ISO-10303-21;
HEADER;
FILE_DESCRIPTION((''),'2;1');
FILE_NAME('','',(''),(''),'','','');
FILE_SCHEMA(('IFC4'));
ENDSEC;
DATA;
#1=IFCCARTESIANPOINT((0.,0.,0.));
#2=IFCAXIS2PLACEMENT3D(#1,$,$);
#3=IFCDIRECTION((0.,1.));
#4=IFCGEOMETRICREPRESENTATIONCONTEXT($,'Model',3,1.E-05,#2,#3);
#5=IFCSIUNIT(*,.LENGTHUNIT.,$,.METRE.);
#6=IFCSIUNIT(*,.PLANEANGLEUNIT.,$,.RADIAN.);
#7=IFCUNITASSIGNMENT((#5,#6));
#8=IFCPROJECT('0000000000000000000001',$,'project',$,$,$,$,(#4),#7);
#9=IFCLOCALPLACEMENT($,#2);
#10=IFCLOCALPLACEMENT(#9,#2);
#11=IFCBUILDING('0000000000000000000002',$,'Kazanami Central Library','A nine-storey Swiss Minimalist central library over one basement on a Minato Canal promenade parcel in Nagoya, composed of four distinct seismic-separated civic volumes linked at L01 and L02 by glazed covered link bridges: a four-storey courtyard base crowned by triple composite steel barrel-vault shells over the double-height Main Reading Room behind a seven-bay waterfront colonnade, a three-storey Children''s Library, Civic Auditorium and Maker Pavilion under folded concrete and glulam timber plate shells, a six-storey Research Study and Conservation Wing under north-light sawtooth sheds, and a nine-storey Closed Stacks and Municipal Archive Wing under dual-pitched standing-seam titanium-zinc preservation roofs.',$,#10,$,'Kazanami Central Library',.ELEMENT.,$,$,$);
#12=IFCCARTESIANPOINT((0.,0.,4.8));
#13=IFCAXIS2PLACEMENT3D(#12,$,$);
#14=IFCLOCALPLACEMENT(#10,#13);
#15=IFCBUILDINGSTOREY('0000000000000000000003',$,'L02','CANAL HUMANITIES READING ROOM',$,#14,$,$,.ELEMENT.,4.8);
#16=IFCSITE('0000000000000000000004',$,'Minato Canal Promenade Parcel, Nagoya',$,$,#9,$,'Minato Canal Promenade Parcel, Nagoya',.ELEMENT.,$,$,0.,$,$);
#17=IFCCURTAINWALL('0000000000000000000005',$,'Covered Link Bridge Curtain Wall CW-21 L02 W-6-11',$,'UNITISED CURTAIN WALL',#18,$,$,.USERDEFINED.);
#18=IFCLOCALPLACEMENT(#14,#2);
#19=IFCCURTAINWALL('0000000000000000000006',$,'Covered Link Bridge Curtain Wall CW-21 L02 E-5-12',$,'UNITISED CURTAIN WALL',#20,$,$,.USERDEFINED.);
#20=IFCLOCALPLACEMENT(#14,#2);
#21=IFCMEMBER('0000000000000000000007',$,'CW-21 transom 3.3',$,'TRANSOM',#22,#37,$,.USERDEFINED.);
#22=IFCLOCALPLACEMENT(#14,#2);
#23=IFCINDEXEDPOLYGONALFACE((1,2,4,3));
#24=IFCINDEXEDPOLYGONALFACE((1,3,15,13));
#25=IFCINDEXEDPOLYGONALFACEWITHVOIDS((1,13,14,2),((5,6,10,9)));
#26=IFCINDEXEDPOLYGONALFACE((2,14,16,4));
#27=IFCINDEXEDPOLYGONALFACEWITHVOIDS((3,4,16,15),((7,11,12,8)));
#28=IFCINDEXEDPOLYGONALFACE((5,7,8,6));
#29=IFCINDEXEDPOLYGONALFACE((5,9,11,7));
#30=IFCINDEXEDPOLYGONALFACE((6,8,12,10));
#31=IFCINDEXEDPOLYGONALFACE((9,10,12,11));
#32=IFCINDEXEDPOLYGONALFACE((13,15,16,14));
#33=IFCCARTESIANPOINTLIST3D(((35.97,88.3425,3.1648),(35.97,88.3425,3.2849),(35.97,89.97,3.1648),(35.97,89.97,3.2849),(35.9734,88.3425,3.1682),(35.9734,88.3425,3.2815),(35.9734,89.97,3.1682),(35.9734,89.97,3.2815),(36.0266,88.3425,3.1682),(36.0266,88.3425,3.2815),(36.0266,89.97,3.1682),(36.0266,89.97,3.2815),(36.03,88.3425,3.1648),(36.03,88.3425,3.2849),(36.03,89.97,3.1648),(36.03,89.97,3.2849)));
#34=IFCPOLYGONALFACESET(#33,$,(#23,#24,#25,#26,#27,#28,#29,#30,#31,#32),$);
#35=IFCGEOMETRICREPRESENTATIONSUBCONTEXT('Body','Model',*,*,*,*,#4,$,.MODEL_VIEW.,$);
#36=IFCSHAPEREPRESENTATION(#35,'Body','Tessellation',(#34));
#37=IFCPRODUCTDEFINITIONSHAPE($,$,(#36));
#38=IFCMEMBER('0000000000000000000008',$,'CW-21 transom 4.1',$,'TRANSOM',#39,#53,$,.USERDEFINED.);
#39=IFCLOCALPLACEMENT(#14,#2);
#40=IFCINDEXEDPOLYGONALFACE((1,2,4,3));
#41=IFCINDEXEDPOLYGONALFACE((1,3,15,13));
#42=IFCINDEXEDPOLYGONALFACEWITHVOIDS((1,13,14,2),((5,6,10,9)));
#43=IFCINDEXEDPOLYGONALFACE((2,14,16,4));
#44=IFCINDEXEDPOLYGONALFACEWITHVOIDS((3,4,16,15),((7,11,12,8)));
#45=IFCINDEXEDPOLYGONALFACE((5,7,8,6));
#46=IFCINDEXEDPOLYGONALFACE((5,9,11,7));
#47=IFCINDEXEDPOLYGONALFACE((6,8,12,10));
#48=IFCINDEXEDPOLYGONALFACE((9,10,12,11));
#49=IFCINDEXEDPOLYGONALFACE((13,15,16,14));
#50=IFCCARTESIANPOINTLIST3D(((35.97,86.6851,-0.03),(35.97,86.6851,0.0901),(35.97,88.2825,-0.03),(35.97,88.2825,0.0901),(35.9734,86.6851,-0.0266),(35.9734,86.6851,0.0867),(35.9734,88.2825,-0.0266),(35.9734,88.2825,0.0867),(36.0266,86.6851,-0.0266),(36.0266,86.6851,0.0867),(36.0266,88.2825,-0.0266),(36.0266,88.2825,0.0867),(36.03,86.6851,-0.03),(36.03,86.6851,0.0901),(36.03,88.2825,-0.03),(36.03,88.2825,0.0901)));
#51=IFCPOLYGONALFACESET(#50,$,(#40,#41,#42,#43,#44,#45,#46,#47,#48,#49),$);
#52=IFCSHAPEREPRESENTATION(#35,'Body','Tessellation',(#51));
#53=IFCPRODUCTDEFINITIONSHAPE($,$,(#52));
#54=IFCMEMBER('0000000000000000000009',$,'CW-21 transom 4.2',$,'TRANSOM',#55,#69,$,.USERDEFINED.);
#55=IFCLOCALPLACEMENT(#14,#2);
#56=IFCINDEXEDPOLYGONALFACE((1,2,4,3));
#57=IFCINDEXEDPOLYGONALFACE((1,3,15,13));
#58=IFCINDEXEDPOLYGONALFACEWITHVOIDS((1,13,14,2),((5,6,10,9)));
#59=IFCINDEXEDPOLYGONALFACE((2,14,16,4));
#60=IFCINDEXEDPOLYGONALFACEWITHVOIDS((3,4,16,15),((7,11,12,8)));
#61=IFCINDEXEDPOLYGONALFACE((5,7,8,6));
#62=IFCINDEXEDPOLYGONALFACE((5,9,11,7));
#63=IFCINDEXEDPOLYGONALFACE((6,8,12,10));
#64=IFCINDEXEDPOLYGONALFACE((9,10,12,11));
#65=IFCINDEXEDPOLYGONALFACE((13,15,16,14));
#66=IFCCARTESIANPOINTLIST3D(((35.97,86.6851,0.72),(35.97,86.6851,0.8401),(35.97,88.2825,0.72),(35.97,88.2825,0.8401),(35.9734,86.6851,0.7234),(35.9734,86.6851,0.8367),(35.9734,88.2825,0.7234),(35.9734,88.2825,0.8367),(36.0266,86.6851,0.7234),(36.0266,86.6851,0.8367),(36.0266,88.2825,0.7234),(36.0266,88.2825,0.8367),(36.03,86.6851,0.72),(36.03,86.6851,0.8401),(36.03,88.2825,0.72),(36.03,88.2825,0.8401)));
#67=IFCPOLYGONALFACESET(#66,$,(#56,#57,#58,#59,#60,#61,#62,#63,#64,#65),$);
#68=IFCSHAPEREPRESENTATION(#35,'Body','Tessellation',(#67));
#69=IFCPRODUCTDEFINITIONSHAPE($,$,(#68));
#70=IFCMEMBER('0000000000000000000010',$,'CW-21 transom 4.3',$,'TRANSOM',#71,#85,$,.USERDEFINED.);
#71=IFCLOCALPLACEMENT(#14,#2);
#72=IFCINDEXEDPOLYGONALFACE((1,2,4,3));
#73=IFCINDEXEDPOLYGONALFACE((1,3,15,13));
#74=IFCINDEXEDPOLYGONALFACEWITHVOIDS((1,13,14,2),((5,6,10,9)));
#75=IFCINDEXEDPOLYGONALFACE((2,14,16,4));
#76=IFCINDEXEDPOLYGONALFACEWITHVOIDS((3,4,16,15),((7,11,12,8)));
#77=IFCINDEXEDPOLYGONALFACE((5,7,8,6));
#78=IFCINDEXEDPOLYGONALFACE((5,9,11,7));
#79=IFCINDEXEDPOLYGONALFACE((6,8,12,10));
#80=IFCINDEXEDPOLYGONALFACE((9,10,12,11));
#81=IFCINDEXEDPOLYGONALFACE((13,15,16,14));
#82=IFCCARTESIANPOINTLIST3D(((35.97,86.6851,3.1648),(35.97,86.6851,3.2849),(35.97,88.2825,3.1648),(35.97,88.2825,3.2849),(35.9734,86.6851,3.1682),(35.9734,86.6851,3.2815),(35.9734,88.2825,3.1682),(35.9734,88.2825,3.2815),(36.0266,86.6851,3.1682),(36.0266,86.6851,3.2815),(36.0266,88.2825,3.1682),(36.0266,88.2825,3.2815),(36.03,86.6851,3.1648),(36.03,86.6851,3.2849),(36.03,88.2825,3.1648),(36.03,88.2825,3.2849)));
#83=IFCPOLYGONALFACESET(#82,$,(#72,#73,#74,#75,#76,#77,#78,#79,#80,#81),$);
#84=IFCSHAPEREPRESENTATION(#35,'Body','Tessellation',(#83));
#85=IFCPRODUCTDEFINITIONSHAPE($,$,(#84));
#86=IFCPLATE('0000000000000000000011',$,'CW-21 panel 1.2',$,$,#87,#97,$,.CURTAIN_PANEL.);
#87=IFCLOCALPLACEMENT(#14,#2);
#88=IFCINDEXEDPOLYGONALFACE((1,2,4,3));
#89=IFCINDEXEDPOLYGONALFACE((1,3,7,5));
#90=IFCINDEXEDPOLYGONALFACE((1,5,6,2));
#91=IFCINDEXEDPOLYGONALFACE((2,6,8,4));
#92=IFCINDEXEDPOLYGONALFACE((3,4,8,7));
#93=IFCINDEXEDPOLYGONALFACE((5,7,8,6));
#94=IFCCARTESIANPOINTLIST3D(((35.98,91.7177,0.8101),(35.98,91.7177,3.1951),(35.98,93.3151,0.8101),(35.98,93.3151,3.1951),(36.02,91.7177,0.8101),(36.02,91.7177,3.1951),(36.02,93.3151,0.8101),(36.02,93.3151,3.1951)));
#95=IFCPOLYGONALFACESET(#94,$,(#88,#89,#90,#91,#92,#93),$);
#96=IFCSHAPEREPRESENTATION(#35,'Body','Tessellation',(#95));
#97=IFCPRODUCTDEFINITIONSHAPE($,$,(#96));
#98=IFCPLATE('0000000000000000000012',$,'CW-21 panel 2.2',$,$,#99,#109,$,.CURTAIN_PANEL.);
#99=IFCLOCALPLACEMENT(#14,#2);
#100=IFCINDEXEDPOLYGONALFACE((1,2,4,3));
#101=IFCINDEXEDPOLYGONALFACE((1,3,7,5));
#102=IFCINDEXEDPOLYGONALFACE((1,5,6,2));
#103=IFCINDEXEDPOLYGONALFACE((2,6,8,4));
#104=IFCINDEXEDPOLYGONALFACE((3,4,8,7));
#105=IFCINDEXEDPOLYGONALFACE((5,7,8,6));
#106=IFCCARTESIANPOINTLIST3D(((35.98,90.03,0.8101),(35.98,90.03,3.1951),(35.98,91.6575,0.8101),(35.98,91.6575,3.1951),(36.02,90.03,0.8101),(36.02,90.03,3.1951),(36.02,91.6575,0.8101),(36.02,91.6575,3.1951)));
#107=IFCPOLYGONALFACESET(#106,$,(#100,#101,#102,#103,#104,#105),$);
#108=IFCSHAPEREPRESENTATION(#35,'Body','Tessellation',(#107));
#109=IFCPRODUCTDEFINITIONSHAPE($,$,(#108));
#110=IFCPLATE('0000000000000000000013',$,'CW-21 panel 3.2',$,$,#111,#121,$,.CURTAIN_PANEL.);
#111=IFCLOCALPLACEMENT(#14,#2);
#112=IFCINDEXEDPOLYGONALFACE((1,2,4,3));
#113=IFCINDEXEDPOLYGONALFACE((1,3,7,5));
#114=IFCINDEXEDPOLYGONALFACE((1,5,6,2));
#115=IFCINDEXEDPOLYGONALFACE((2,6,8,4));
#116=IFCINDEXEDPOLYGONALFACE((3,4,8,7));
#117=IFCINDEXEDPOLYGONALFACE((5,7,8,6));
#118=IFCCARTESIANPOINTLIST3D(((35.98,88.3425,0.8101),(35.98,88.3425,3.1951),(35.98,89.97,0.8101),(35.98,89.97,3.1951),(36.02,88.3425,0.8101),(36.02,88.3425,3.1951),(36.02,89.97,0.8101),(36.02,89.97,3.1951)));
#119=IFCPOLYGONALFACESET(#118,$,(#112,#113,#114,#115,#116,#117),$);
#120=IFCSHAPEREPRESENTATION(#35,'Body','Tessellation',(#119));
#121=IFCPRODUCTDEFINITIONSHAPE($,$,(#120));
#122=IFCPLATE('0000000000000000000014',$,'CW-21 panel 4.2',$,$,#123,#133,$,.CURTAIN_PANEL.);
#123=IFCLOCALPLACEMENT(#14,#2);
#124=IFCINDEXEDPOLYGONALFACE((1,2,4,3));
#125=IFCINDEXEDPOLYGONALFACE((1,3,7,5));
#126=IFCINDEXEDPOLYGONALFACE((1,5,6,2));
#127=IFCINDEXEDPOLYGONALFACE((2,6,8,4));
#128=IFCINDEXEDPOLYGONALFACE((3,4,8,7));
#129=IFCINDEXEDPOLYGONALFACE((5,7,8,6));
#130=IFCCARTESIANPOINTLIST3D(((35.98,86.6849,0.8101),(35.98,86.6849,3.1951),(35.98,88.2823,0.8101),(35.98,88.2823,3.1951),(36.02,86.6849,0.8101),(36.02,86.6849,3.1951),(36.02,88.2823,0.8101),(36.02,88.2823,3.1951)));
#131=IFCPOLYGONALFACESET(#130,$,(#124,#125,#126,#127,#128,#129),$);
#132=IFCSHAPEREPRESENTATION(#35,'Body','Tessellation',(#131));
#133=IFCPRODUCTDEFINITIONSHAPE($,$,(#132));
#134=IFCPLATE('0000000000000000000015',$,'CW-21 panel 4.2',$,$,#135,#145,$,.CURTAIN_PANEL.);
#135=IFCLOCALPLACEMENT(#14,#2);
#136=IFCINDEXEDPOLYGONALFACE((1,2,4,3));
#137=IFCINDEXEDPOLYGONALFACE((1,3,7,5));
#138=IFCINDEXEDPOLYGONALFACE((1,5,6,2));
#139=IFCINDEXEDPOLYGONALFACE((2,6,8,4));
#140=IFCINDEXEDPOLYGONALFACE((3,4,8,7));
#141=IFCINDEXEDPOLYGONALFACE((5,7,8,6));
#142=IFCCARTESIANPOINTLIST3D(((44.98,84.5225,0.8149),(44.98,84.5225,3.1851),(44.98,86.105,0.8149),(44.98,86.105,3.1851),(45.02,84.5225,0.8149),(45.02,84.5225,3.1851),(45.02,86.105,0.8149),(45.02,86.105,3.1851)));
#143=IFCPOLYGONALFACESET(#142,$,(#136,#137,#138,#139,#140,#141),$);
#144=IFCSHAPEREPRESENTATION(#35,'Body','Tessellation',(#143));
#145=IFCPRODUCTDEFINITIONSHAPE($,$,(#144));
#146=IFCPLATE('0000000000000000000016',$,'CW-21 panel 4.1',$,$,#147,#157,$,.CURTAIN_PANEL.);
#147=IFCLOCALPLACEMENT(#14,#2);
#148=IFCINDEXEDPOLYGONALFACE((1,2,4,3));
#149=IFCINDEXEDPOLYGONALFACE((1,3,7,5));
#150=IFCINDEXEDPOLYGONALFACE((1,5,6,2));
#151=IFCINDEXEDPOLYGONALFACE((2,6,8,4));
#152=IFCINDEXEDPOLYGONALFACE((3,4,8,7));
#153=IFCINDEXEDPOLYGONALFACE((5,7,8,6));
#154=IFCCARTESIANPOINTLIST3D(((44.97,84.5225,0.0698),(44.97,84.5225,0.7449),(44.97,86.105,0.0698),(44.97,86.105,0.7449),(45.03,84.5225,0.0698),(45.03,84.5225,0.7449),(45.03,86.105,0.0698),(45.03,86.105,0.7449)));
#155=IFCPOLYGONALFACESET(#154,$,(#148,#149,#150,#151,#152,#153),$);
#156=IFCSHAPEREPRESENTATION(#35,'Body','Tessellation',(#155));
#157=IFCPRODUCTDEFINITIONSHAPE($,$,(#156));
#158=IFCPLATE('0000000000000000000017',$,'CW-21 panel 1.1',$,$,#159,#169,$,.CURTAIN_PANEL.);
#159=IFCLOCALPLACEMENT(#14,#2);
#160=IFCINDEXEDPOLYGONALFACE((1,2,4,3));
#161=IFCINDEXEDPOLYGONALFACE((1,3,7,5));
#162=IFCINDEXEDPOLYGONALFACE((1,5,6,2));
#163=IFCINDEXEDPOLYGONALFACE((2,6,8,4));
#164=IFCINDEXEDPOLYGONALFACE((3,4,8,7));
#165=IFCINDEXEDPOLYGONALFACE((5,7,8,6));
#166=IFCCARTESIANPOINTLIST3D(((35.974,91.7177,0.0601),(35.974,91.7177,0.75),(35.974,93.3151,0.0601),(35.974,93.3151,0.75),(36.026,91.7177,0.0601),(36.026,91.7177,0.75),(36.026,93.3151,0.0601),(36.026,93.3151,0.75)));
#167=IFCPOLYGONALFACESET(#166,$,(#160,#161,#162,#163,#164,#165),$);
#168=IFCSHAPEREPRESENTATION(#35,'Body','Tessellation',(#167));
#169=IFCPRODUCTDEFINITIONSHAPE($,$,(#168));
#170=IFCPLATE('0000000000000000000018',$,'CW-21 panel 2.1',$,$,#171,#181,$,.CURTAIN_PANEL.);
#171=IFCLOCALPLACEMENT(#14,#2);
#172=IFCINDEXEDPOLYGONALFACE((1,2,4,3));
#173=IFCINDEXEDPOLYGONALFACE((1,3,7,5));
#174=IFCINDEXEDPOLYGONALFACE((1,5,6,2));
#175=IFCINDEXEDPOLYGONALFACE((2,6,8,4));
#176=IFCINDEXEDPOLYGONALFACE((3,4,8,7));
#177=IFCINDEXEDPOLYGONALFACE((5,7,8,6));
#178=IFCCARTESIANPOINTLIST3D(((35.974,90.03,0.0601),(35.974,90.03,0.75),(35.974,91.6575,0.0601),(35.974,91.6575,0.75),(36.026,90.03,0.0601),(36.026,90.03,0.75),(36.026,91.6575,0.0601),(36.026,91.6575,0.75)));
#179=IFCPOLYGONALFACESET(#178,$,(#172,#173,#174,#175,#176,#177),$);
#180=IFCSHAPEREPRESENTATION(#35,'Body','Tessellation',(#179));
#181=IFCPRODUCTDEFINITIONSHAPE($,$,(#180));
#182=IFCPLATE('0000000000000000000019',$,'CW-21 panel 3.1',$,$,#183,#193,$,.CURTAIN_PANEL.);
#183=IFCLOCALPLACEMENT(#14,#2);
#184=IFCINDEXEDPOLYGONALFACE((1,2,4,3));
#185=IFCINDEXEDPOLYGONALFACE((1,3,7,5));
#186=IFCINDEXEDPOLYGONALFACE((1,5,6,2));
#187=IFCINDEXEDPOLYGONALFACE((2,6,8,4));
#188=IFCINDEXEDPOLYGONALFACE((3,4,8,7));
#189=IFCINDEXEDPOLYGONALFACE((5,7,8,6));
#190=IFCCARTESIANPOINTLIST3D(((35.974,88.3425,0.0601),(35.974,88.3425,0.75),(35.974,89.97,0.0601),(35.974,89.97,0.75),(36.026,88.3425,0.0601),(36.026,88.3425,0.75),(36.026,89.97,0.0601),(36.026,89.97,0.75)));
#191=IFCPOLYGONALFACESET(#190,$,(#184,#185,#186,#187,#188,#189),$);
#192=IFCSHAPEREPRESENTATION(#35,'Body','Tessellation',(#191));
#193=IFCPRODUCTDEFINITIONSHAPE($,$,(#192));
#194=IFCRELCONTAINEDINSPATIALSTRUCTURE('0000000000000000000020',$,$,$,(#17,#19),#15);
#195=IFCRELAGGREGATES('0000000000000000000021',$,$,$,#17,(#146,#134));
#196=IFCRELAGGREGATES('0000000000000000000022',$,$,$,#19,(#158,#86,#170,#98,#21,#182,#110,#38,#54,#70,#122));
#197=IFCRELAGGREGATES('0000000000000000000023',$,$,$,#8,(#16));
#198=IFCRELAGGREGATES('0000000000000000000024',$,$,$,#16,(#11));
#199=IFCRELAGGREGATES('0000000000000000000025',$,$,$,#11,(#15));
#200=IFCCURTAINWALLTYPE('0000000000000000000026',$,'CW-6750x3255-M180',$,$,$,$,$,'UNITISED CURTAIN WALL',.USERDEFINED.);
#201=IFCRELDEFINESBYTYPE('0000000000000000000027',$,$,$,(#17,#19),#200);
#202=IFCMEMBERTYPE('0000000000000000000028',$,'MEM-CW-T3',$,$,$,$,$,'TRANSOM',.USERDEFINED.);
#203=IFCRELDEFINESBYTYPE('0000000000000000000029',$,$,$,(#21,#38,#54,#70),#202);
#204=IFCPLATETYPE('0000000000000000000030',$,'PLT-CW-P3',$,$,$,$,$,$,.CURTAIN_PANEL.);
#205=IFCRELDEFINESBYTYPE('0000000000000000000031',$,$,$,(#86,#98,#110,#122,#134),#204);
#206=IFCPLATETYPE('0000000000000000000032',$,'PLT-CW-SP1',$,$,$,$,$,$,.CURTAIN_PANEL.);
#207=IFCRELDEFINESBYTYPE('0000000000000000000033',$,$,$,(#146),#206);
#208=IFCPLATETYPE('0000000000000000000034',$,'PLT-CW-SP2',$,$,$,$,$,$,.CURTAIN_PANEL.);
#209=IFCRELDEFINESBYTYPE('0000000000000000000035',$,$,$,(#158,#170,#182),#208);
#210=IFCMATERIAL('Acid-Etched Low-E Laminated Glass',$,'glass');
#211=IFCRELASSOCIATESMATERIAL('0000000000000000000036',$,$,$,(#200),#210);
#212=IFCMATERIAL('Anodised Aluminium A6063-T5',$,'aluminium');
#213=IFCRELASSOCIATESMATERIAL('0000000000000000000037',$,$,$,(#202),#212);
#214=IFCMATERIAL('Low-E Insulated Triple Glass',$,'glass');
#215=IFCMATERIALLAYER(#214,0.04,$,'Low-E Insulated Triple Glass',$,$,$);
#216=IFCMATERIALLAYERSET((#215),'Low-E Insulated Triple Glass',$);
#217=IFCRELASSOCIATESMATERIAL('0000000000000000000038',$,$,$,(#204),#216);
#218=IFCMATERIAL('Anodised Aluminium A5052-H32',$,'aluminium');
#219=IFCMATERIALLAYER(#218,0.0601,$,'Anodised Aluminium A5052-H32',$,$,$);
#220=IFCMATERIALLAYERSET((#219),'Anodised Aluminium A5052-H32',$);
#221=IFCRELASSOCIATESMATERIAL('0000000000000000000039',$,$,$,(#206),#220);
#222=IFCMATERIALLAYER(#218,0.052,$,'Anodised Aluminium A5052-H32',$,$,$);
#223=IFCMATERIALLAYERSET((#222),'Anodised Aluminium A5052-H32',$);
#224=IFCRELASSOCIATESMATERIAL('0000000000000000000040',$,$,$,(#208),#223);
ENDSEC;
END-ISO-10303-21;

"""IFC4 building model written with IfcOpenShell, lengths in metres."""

from ifc_helpers import new_model, si_unit, direction, frame, origin, origin_2d, place, context, subcontext, project, spatial, rectangle, hollow_rectangle, extrude, material, layer, layer_set, material_profile, profile_set, type_object, element, aggregate, save


model = new_model("IFC4")

# Units and contexts
model_context = context("Model", 3, precision=1e-05, world=origin(), true_north=direction((0.0, 1.0)))
body_context = subcontext(model_context, "Body", "Model", "MODEL_VIEW")
ifc_project = project(units=[si_unit("LENGTHUNIT", "METRE"), si_unit("PLANEANGLEUNIT", "RADIAN")], contexts=[model_context])

# Site, building, storey
site_placement = place(None, origin())
site = spatial("IfcSite", under=ifc_project, at=site_placement, Name="Minato Canal Promenade Parcel, Nagoya", LongName="Minato Canal Promenade Parcel, Nagoya", CompositionType="ELEMENT", RefElevation=0.0)
building_placement = place(site_placement, origin())
building = spatial("IfcBuilding", under=site, at=building_placement, Name="Kazanami Central Library", Description="A nine-storey Swiss Minimalist central library over one basement on a Minato Canal promenade parcel in Nagoya, composed of four distinct seismic-separated civic volumes linked at L01 and L02 by glazed covered link bridges: a four-storey courtyard base crowned by triple composite steel barrel-vault shells over the double-height Main Reading Room behind a seven-bay waterfront colonnade, a three-storey Children's Library, Civic Auditorium and Maker Pavilion under folded concrete and glulam timber plate shells, a six-storey Research Study and Conservation Wing under north-light sawtooth sheds, and a nine-storey Closed Stacks and Municipal Archive Wing under dual-pitched standing-seam titanium-zinc preservation roofs.", LongName="Kazanami Central Library", CompositionType="ELEMENT")
storey_placement = place(building_placement, frame((0.0, 0.0, 4.8)))
storey = spatial("IfcBuildingStorey", under=building, at=storey_placement, Name="L02", Description="CANAL HUMANITIES READING ROOM", CompositionType="ELEMENT", Elevation=4.8)

# Curtain wall
ifc_material_1 = material(Name="Acid-Etched Low-E Laminated Glass", Category="glass")
curtain_wall_type = type_object("IfcCurtainWallType", Name="CW-6750x3255-M180", ElementType="UNITISED CURTAIN WALL", PredefinedType="USERDEFINED", material=ifc_material_1)
curtain_wall_1_placement = place(storey_placement, origin())
curtain_wall_1 = element("IfcCurtainWall", 1, at=curtain_wall_1_placement, inside=storey, type_object=curtain_wall_type, Name="Covered Link Bridge Curtain Wall CW-21 L02 W-6-11", ObjectType="UNITISED CURTAIN WALL", PredefinedType="USERDEFINED")
ifc_material_2 = material(Name="Anodised Aluminium A6063-T5", Category="aluminium")

# Curtain wall
curtain_wall_2_placement = place(storey_placement, origin())
curtain_wall_2 = element("IfcCurtainWall", 2, at=curtain_wall_2_placement, inside=storey, type_object=curtain_wall_type, Name="Covered Link Bridge Curtain Wall CW-21 L02 E-5-12", ObjectType="UNITISED CURTAIN WALL", PredefinedType="USERDEFINED")

# Members
ifc_material_profile_1 = material_profile(ifc_material_2, hollow_rectangle(XDim=0.0601, YDim=0.1201, WallThickness=0.0034, at=origin_2d()), Name="ALU-TRAN-60x120x3.5")
ifc_profile_set_1 = profile_set([ifc_material_profile_1], Name="Anodised Aluminium A6063-T5")
member_type_1 = type_object("IfcMemberType", Name="MEM-CW-T3", ElementType="TRANSOM", PredefinedType="USERDEFINED", material=ifc_profile_set_1)
member_1_placement = place(storey_placement, frame((36.0, 89.97, 3.2249), z_axis=(0.0, -1.0, 0.0), x_axis=(1.0, 0.0, 0.0)))
member_1 = element("IfcMember", 3, at=member_1_placement, type_object=member_type_1, Name="CW-21 transom 3.3", ObjectType="TRANSOM", PredefinedType="USERDEFINED", context=body_context, shape_type="SweptSolid", body=[
    extrude(hollow_rectangle(XDim=0.0601, YDim=0.1201, WallThickness=0.0034, at=origin_2d()), origin(), (0.0, 0.0, 1.0), 1.6274),
])
member_2_placement = place(storey_placement, frame((36.0, 88.2825, 0.03), z_axis=(0.0, -1.0, 0.0), x_axis=(1.0, 0.0, 0.0)))
member_2 = element("IfcMember", 4, at=member_2_placement, type_object=member_type_1, Name="CW-21 transom 4.1", ObjectType="TRANSOM", PredefinedType="USERDEFINED", context=body_context, shape_type="SweptSolid", body=[
    extrude(hollow_rectangle(XDim=0.0601, YDim=0.1201, WallThickness=0.0034, at=origin_2d()), origin(), (0.0, 0.0, 1.0), 1.5974),
])
member_3_placement = place(storey_placement, frame((36.0, 88.2825, 0.78), z_axis=(0.0, -1.0, 0.0), x_axis=(1.0, 0.0, 0.0)))
member_3 = element("IfcMember", 5, at=member_3_placement, type_object=member_type_1, Name="CW-21 transom 4.2", ObjectType="TRANSOM", PredefinedType="USERDEFINED", context=body_context, shape_type="SweptSolid", body=[
    extrude(hollow_rectangle(XDim=0.0601, YDim=0.1201, WallThickness=0.0034, at=origin_2d()), origin(), (0.0, 0.0, 1.0), 1.5974),
])
member_4_placement = place(storey_placement, frame((36.0, 88.2825, 3.2249), z_axis=(0.0, -1.0, 0.0), x_axis=(1.0, 0.0, 0.0)))
member_4 = element("IfcMember", 6, at=member_4_placement, type_object=member_type_1, Name="CW-21 transom 4.3", ObjectType="TRANSOM", PredefinedType="USERDEFINED", context=body_context, shape_type="SweptSolid", body=[
    extrude(hollow_rectangle(XDim=0.0601, YDim=0.1201, WallThickness=0.0034, at=origin_2d()), origin(), (0.0, 0.0, 1.0), 1.5974),
])

# Plates
ifc_material_3 = material(Name="Low-E Insulated Triple Glass", Category="glass")
ifc_layer_1 = layer(ifc_material_3, 0.04, Name="Low-E Insulated Triple Glass")
ifc_layer_set_1 = layer_set([ifc_layer_1], Name="Low-E Insulated Triple Glass")
plate_type_1 = type_object("IfcPlateType", Name="PLT-CW-P3", PredefinedType="CURTAIN_PANEL", material=ifc_layer_set_1)
plate_1_placement = place(storey_placement, frame((36.0, 92.5164, 0.8101), z_axis=(0.0, 0.0, 1.0), x_axis=(0.0, -1.0, 0.0)))
plate_1 = element("IfcPlate", 7, at=plate_1_placement, type_object=plate_type_1, Name="CW-21 panel 1.2", PredefinedType="CURTAIN_PANEL", context=body_context, shape_type="SweptSolid", body=[
    extrude(rectangle(XDim=1.5974, YDim=0.04, at=origin_2d()), origin(), (0.0, 0.0, 1.0), 2.385),
])
plate_2_placement = place(storey_placement, frame((36.0, 90.8438, 0.8101), z_axis=(0.0, 0.0, 1.0), x_axis=(0.0, -1.0, 0.0)))
plate_2 = element("IfcPlate", 8, at=plate_2_placement, type_object=plate_type_1, Name="CW-21 panel 2.2", PredefinedType="CURTAIN_PANEL", context=body_context, shape_type="SweptSolid", body=[
    extrude(rectangle(XDim=1.6274, YDim=0.04, at=origin_2d()), origin(), (0.0, 0.0, 1.0), 2.385),
])
plate_3_placement = place(storey_placement, frame((36.0, 89.1562, 0.8101), z_axis=(0.0, 0.0, 1.0), x_axis=(0.0, -1.0, 0.0)))
plate_3 = element("IfcPlate", 9, at=plate_3_placement, type_object=plate_type_1, Name="CW-21 panel 3.2", PredefinedType="CURTAIN_PANEL", context=body_context, shape_type="SweptSolid", body=[
    extrude(rectangle(XDim=1.6274, YDim=0.04, at=origin_2d()), origin(), (0.0, 0.0, 1.0), 2.385),
])
plate_4_placement = place(storey_placement, frame((36.0, 87.4836, 0.8101), z_axis=(0.0, 0.0, 1.0), x_axis=(0.0, -1.0, 0.0)))
plate_4 = element("IfcPlate", 10, at=plate_4_placement, type_object=plate_type_1, Name="CW-21 panel 4.2", PredefinedType="CURTAIN_PANEL", context=body_context, shape_type="SweptSolid", body=[
    extrude(rectangle(XDim=1.5974, YDim=0.04, at=origin_2d()), origin(), (0.0, 0.0, 1.0), 2.385),
])
plate_5_placement = place(storey_placement, frame((45.0, 85.3137, 0.8149), z_axis=(0.0, 0.0, 1.0), x_axis=(0.0, 1.0, 0.0)))
plate_5 = element("IfcPlate", 11, at=plate_5_placement, type_object=plate_type_1, Name="CW-21 panel 4.2", PredefinedType="CURTAIN_PANEL", context=body_context, shape_type="SweptSolid", body=[
    extrude(rectangle(XDim=1.5825, YDim=0.04, at=origin_2d()), origin(), (0.0, 0.0, 1.0), 2.3701),
])
ifc_material_4 = material(Name="Anodised Aluminium A5052-H32", Category="aluminium")
ifc_layer_2 = layer(ifc_material_4, 0.0601, Name="Anodised Aluminium A5052-H32")
ifc_layer_set_2 = layer_set([ifc_layer_2], Name="Anodised Aluminium A5052-H32")
plate_type_2 = type_object("IfcPlateType", Name="PLT-CW-SP1", PredefinedType="CURTAIN_PANEL", material=ifc_layer_set_2)
plate_6_placement = place(storey_placement, frame((45.0, 85.3137, 0.0698), z_axis=(0.0, 0.0, 1.0), x_axis=(0.0, 1.0, 0.0)))
plate_6 = element("IfcPlate", 12, at=plate_6_placement, type_object=plate_type_2, Name="CW-21 panel 4.1", PredefinedType="CURTAIN_PANEL", context=body_context, shape_type="SweptSolid", body=[
    extrude(rectangle(XDim=1.5825, YDim=0.0601, at=origin_2d()), origin(), (0.0, 0.0, 1.0), 0.675),
])
aggregate(curtain_wall_1, [plate_6, plate_5])
ifc_layer_3 = layer(ifc_material_4, 0.052, Name="Anodised Aluminium A5052-H32")
ifc_layer_set_3 = layer_set([ifc_layer_3], Name="Anodised Aluminium A5052-H32")
plate_type_3 = type_object("IfcPlateType", Name="PLT-CW-SP2", PredefinedType="CURTAIN_PANEL", material=ifc_layer_set_3)
plate_7_placement = place(storey_placement, frame((36.0, 92.5164, 0.0601), z_axis=(0.0, 0.0, 1.0), x_axis=(0.0, -1.0, 0.0)))
plate_7 = element("IfcPlate", 13, at=plate_7_placement, type_object=plate_type_3, Name="CW-21 panel 1.1", PredefinedType="CURTAIN_PANEL", context=body_context, shape_type="SweptSolid", body=[
    extrude(rectangle(XDim=1.5974, YDim=0.052, at=origin_2d()), origin(), (0.0, 0.0, 1.0), 0.6899),
])
plate_8_placement = place(storey_placement, frame((36.0, 90.8438, 0.0601), z_axis=(0.0, 0.0, 1.0), x_axis=(0.0, -1.0, 0.0)))
plate_8 = element("IfcPlate", 14, at=plate_8_placement, type_object=plate_type_3, Name="CW-21 panel 2.1", PredefinedType="CURTAIN_PANEL", context=body_context, shape_type="SweptSolid", body=[
    extrude(rectangle(XDim=1.6274, YDim=0.052, at=origin_2d()), origin(), (0.0, 0.0, 1.0), 0.6899),
])
plate_9_placement = place(storey_placement, frame((36.0, 89.1562, 0.0601), z_axis=(0.0, 0.0, 1.0), x_axis=(0.0, -1.0, 0.0)))
plate_9 = element("IfcPlate", 15, at=plate_9_placement, type_object=plate_type_3, Name="CW-21 panel 3.1", PredefinedType="CURTAIN_PANEL", context=body_context, shape_type="SweptSolid", body=[
    extrude(rectangle(XDim=1.6274, YDim=0.052, at=origin_2d()), origin(), (0.0, 0.0, 1.0), 0.6899),
])
aggregate(curtain_wall_2, [plate_7, plate_1, plate_8, plate_2, member_1, plate_9, plate_3, member_2, member_3, member_4, plate_4])

save(model, "model.ifc")
